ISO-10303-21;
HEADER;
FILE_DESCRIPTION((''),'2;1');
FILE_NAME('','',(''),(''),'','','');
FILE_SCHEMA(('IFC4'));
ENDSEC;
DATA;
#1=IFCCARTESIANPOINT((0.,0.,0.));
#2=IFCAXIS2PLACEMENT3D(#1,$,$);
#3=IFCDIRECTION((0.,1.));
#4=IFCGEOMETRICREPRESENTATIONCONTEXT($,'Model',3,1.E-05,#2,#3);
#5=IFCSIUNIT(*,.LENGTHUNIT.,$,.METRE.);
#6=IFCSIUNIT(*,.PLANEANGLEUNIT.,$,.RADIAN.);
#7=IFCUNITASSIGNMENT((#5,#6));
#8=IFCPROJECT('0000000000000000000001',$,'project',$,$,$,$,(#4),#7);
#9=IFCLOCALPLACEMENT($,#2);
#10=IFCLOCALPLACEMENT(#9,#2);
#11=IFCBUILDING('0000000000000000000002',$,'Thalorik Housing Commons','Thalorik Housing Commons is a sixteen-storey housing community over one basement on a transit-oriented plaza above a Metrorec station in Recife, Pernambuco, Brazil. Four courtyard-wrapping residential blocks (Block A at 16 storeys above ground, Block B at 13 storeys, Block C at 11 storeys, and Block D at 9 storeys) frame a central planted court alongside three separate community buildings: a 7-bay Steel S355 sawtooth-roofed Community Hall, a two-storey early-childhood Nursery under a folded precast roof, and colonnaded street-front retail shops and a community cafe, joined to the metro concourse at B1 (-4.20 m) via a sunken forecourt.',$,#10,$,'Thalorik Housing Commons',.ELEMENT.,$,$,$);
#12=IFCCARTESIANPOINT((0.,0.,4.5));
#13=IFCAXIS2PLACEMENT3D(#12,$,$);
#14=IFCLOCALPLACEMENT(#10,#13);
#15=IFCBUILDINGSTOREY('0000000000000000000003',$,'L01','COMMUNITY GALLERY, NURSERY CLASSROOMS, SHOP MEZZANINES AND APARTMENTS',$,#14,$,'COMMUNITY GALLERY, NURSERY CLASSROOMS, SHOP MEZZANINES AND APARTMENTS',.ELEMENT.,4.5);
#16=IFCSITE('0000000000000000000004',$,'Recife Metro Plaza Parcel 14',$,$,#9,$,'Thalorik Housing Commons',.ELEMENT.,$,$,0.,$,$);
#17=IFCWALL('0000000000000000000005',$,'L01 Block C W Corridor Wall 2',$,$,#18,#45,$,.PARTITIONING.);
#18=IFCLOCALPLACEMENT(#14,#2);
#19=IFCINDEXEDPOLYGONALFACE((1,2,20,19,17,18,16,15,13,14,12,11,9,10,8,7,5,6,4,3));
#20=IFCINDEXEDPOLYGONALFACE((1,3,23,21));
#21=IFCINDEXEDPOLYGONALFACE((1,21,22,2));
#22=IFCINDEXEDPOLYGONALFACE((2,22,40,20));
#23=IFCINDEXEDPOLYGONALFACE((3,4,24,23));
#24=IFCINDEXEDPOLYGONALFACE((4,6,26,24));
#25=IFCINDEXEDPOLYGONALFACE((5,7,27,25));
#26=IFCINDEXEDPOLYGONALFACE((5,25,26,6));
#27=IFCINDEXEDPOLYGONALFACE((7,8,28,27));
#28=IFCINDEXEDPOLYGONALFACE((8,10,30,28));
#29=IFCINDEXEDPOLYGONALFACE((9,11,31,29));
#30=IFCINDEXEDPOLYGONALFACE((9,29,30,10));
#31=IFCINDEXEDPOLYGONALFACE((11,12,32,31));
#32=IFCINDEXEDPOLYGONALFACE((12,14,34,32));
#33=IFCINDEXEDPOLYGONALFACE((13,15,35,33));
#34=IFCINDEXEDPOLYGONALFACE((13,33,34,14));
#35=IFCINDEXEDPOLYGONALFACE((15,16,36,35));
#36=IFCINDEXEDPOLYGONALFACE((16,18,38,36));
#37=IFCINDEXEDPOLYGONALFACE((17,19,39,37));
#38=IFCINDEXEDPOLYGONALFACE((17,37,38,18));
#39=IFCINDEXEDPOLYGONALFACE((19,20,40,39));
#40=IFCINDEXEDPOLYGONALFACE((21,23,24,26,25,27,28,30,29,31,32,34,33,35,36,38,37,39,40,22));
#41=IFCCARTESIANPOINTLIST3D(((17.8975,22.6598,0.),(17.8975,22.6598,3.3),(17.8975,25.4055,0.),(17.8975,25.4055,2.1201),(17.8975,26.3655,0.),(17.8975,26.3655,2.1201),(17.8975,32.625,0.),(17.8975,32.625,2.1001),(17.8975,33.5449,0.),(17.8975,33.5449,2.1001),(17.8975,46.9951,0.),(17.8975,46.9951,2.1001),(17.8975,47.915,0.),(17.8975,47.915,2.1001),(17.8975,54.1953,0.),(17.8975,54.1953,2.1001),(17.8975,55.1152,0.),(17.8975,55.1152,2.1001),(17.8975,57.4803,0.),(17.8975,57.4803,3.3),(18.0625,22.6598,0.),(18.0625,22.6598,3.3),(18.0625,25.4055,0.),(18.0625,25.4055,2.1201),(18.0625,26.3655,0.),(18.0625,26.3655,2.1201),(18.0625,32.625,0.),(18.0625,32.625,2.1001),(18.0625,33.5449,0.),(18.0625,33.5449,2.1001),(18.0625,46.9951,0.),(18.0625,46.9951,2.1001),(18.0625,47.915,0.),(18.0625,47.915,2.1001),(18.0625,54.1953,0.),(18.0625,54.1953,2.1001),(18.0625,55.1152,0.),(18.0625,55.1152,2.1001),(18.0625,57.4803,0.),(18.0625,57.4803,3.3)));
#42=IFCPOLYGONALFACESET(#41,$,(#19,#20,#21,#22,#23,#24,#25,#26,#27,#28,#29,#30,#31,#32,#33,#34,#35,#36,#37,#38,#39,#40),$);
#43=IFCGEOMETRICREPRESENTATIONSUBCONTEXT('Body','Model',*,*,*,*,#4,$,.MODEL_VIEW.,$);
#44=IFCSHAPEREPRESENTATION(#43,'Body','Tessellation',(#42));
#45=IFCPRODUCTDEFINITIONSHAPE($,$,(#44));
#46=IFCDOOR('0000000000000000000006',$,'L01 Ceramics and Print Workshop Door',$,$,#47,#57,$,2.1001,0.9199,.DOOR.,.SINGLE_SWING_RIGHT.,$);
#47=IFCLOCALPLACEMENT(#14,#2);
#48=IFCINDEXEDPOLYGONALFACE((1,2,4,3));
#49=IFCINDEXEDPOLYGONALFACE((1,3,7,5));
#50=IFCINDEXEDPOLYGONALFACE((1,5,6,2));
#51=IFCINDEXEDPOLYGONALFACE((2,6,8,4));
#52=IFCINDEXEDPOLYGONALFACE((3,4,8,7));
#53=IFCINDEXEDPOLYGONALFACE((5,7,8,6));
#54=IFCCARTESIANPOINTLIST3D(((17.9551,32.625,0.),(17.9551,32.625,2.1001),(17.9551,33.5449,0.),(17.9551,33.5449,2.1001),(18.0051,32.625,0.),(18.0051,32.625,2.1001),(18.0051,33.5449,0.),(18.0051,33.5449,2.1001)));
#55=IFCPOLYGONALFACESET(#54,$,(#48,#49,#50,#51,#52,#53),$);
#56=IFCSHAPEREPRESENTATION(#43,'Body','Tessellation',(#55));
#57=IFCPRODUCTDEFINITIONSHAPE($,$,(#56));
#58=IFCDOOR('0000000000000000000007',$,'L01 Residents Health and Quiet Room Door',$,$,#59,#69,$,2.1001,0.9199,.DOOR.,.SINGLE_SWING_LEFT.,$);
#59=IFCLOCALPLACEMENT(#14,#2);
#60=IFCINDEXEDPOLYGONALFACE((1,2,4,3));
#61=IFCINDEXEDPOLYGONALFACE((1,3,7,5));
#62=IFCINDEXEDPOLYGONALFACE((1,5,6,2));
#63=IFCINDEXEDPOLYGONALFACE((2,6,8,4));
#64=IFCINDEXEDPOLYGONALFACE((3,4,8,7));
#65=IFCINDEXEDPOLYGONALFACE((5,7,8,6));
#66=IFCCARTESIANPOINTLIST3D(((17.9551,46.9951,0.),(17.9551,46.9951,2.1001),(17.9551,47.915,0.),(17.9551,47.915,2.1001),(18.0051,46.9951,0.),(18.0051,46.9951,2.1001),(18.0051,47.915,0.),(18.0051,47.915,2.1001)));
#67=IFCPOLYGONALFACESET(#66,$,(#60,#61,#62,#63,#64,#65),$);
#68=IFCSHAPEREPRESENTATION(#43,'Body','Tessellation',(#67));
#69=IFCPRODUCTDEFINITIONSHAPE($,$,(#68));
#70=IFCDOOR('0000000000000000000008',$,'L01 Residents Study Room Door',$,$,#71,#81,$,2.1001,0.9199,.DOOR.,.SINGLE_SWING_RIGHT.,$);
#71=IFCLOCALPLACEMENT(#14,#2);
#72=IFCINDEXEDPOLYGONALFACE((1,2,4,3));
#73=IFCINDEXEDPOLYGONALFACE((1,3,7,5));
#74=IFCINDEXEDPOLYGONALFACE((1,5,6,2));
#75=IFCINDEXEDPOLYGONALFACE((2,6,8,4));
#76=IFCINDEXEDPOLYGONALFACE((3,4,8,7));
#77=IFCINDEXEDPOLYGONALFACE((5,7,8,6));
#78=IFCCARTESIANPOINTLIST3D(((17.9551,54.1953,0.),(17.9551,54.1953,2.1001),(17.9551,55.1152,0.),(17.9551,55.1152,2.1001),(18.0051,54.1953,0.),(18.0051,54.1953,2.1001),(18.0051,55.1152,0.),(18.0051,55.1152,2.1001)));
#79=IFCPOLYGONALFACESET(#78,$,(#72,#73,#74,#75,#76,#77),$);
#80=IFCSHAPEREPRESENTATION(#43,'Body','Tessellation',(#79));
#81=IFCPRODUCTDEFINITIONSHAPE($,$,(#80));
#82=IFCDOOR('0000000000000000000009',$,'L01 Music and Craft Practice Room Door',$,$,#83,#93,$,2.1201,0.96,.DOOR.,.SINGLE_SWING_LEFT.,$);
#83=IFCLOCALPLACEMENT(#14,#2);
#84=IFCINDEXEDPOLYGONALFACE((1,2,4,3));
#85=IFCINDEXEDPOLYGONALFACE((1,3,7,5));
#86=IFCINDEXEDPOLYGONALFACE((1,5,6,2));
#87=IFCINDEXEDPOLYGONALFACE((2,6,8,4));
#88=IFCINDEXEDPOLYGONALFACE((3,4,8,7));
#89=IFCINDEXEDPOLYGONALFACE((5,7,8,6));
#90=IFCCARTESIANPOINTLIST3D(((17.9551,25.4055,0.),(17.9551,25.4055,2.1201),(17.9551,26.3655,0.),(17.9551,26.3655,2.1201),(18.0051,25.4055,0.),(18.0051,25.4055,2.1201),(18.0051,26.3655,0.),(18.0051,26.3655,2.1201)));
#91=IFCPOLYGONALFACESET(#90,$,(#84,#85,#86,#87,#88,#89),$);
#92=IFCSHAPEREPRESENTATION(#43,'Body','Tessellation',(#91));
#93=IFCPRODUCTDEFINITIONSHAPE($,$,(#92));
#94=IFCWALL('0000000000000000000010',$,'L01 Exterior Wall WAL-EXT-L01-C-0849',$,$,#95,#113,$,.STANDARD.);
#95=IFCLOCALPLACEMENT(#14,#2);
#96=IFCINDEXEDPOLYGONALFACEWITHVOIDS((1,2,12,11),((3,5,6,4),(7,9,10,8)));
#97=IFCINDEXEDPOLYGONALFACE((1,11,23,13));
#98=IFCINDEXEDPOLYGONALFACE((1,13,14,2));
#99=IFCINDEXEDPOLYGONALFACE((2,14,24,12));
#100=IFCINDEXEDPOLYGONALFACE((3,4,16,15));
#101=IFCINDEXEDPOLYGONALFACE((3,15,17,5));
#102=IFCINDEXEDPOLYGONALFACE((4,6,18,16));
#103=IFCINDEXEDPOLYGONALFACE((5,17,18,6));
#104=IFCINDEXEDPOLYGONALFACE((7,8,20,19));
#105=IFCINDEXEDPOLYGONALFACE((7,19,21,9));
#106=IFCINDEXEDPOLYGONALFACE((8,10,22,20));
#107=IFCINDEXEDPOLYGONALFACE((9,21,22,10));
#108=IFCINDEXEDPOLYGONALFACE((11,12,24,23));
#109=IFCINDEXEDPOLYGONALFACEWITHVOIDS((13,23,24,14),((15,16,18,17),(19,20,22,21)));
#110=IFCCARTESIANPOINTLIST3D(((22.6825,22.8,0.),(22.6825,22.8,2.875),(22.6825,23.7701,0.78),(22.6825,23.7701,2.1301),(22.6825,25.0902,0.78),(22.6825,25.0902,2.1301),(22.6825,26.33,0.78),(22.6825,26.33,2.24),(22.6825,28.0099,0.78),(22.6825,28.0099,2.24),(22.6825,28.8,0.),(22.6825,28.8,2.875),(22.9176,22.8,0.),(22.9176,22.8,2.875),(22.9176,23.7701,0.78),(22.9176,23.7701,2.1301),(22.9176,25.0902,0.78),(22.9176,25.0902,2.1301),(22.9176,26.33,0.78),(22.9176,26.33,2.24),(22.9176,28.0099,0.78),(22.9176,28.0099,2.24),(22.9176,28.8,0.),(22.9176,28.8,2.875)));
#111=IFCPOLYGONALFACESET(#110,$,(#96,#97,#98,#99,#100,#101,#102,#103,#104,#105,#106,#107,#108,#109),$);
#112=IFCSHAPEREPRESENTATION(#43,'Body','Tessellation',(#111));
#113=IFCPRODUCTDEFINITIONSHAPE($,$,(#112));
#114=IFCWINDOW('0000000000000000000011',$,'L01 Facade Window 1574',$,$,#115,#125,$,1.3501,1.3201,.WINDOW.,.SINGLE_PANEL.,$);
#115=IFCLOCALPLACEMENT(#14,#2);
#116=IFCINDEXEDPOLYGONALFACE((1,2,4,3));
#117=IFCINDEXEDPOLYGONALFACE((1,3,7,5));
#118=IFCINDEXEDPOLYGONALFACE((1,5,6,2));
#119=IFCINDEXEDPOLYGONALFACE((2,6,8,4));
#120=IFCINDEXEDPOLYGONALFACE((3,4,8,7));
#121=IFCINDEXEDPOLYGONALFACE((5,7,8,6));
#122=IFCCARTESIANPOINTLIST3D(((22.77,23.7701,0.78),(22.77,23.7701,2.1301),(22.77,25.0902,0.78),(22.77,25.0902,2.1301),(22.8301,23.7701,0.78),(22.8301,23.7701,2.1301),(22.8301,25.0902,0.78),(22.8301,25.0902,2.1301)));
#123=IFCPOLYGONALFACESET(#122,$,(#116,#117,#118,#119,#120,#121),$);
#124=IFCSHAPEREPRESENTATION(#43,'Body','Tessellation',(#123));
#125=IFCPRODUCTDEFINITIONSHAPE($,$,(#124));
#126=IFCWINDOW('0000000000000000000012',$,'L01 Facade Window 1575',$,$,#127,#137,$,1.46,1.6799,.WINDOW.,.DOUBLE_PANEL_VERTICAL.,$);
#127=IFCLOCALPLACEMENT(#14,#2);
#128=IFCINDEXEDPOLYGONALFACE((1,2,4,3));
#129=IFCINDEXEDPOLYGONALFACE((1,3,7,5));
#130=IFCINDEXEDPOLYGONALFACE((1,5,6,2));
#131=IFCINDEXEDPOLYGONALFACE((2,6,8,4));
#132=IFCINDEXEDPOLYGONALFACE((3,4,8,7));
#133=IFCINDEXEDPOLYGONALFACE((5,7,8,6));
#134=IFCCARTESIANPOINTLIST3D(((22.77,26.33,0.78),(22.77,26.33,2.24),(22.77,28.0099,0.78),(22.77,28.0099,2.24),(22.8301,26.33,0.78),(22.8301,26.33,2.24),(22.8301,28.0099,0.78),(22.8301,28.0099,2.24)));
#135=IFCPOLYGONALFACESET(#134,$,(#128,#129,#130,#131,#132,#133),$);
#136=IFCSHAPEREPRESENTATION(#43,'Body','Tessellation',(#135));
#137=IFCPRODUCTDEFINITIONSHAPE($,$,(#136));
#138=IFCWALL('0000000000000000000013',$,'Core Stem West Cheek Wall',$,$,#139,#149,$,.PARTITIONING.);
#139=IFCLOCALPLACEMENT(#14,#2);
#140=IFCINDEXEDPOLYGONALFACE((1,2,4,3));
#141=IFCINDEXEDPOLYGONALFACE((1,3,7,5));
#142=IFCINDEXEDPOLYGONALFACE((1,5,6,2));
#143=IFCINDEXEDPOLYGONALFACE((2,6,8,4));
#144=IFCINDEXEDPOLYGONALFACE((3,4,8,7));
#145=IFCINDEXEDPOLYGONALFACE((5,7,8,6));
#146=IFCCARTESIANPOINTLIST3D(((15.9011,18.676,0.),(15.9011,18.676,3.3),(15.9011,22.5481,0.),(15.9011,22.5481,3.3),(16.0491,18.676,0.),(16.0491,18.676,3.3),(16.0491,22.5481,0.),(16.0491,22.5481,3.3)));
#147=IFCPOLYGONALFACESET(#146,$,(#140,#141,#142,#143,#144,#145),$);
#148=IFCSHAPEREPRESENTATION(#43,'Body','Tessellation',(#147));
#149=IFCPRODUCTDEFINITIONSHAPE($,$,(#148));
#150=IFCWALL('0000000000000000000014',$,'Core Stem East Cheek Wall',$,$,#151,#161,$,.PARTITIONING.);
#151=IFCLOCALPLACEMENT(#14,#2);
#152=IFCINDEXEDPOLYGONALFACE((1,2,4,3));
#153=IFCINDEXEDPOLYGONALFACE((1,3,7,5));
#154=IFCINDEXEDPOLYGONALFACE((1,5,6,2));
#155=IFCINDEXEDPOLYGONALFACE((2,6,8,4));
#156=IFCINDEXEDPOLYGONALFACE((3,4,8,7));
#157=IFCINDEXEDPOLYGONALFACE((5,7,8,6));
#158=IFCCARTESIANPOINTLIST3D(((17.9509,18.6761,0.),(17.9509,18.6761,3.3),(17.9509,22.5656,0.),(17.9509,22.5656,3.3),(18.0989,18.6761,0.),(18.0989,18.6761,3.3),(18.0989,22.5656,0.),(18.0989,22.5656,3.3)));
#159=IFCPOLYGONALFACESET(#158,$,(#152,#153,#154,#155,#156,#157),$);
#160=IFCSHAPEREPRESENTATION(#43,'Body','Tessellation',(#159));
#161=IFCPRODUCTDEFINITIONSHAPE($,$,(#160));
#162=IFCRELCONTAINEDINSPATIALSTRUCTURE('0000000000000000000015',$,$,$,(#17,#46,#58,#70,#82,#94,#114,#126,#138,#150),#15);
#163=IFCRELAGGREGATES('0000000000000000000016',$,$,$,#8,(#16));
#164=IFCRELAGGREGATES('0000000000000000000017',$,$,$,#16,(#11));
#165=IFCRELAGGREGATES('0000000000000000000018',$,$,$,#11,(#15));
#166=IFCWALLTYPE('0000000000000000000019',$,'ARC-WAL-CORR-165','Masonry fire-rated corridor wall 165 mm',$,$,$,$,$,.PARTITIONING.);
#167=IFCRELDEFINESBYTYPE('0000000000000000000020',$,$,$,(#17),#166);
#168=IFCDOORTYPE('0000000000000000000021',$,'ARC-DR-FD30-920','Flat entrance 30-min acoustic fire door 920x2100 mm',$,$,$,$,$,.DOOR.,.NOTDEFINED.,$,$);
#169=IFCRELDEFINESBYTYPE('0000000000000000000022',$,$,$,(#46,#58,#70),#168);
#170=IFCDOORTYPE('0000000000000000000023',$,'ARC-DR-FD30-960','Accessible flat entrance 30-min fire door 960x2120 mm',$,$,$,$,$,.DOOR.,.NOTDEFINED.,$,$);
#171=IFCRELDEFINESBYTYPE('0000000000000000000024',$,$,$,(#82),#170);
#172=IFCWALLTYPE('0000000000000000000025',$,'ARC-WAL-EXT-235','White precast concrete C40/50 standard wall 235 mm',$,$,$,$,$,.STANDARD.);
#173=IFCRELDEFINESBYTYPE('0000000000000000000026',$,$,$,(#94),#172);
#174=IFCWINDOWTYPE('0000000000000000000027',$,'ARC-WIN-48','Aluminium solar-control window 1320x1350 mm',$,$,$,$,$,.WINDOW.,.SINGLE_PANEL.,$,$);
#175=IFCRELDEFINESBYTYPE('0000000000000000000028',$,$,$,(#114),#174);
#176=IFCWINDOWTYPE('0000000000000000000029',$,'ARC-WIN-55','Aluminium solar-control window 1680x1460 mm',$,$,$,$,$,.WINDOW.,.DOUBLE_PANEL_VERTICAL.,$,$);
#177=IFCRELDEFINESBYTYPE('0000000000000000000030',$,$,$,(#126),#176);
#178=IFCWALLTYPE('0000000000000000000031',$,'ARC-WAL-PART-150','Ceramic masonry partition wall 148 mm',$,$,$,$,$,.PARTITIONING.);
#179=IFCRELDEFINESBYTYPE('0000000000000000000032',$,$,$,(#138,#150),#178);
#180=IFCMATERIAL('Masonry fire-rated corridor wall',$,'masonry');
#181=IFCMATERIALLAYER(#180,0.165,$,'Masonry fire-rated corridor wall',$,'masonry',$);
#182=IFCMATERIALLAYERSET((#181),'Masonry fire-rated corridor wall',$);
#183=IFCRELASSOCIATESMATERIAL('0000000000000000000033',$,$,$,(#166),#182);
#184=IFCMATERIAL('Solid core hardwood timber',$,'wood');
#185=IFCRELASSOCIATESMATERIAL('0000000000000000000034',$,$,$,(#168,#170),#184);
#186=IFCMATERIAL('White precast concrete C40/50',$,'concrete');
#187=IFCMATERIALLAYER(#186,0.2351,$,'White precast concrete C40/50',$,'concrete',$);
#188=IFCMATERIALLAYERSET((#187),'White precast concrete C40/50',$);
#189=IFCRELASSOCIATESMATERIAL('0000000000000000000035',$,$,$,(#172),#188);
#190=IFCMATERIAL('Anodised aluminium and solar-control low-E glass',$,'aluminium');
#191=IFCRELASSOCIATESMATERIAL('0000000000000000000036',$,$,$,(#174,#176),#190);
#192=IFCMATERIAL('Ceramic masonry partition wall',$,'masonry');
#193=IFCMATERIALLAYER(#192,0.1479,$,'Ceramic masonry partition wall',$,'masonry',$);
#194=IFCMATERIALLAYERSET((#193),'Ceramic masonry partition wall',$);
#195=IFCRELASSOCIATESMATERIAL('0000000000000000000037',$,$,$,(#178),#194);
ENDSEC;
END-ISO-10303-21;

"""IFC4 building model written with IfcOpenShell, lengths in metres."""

from ifc_helpers import new_model, si_unit, direction, frame, frame_2d, origin, place, context, subcontext, project, spatial, rectangle, extrude, material, layer, layer_set, type_object, element, fill, save


model = new_model("IFC4")

# Units and contexts
model_context = context("Model", 3, precision=1e-05, world=origin(), true_north=direction((0.0, 1.0)))
body_context = subcontext(model_context, "Body", "Model", "MODEL_VIEW")
ifc_project = project(units=[si_unit("LENGTHUNIT", "METRE"), si_unit("PLANEANGLEUNIT", "RADIAN")], contexts=[model_context])

# Site, building, storey
site_placement = place(None, origin())
site = spatial("IfcSite", under=ifc_project, at=site_placement, Name="Recife Metro Plaza Parcel 14", LongName="Thalorik Housing Commons", CompositionType="ELEMENT", RefElevation=0.0)
building_placement = place(site_placement, origin())
building = spatial("IfcBuilding", under=site, at=building_placement, Name="Thalorik Housing Commons", Description="Thalorik Housing Commons is a sixteen-storey housing community over one basement on a transit-oriented plaza above a Metrorec station in Recife, Pernambuco, Brazil. Four courtyard-wrapping residential blocks (Block A at 16 storeys above ground, Block B at 13 storeys, Block C at 11 storeys, and Block D at 9 storeys) frame a central planted court alongside three separate community buildings: a 7-bay Steel S355 sawtooth-roofed Community Hall, a two-storey early-childhood Nursery under a folded precast roof, and colonnaded street-front retail shops and a community cafe, joined to the metro concourse at B1 (-4.20 m) via a sunken forecourt.", LongName="Thalorik Housing Commons", CompositionType="ELEMENT")
storey_placement = place(building_placement, frame((0.0, 0.0, 4.5)))
storey = spatial("IfcBuildingStorey", under=building, at=storey_placement, Name="L01", Description="COMMUNITY GALLERY, NURSERY CLASSROOMS, SHOP MEZZANINES AND APARTMENTS", LongName="COMMUNITY GALLERY, NURSERY CLASSROOMS, SHOP MEZZANINES AND APARTMENTS", CompositionType="ELEMENT", Elevation=4.5)

# Wall, openings, doors
ifc_material_1 = material(Name="Masonry fire-rated corridor wall", Category="masonry")
ifc_layer_1 = layer(ifc_material_1, 0.165, Name="Masonry fire-rated corridor wall", Category="masonry")
ifc_layer_set_1 = layer_set([ifc_layer_1], Name="Masonry fire-rated corridor wall")
wall_type_1 = type_object("IfcWallType", Name="ARC-WAL-CORR-165", Description="Masonry fire-rated corridor wall 165 mm", PredefinedType="PARTITIONING", material=ifc_layer_set_1)
wall_1_placement = place(storey_placement, frame((17.98, 22.6599, 0.0), z_axis=(0.0, 0.0, 1.0), x_axis=(0.0, 1.0, 0.0)))
wall_1 = element("IfcWall", 1, at=wall_1_placement, inside=storey, type_object=wall_type_1, Name="L01 Block C W Corridor Wall 2", PredefinedType="PARTITIONING", context=body_context, shape_type="SweptSolid", body=[
    extrude(rectangle(XDim=34.8206, YDim=0.165, at=frame_2d((17.4102, 0.0))), origin(), (0.0, 0.0, 1.0), 3.3),
])
opening_1_placement = place(wall_1_placement, frame((2.7456, 0.0, 0.0)))
opening_1 = element("IfcOpeningElement", 2, at=opening_1_placement, cuts=wall_1, PredefinedType="OPENING", context=body_context, shape_type="SweptSolid", body=[
    extrude(rectangle(XDim=0.96, YDim=2.1201, at=frame_2d((0.48, 1.0601))), frame((0.0, 0.0925, 0.0), z_axis=(0.0, -1.0, 0.0), x_axis=(1.0, 0.0, 0.0)), (0.0, 0.0, 1.0), 0.1851),
])
opening_2_placement = place(wall_1_placement, frame((9.9651, 0.0, 0.0)))
opening_2 = element("IfcOpeningElement", 3, at=opening_2_placement, cuts=wall_1, PredefinedType="OPENING", context=body_context, shape_type="SweptSolid", body=[
    extrude(rectangle(XDim=0.9199, YDim=2.1001, at=frame_2d((0.46, 1.05))), frame((0.0, 0.0925, 0.0), z_axis=(0.0, -1.0, 0.0), x_axis=(1.0, 0.0, 0.0)), (0.0, 0.0, 1.0), 0.1851),
])
opening_3_placement = place(wall_1_placement, frame((24.3352, 0.0, 0.0)))
opening_3 = element("IfcOpeningElement", 4, at=opening_3_placement, cuts=wall_1, PredefinedType="OPENING", context=body_context, shape_type="SweptSolid", body=[
    extrude(rectangle(XDim=0.9199, YDim=2.1001, at=frame_2d((0.46, 1.05))), frame((0.0, 0.0925, 0.0), z_axis=(0.0, -1.0, 0.0), x_axis=(1.0, 0.0, 0.0)), (0.0, 0.0, 1.0), 0.1851),
])
opening_4_placement = place(wall_1_placement, frame((31.5354, 0.0, 0.0)))
opening_4 = element("IfcOpeningElement", 5, at=opening_4_placement, cuts=wall_1, PredefinedType="OPENING", context=body_context, shape_type="SweptSolid", body=[
    extrude(rectangle(XDim=0.9199, YDim=2.1001, at=frame_2d((0.46, 1.05))), frame((0.0, 0.0925, 0.0), z_axis=(0.0, -1.0, 0.0), x_axis=(1.0, 0.0, 0.0)), (0.0, 0.0, 1.0), 0.1851),
])
ifc_material_2 = material(Name="Solid core hardwood timber", Category="wood")
door_type_1 = type_object("IfcDoorType", Name="ARC-DR-FD30-920", Description="Flat entrance 30-min acoustic fire door 920x2100 mm", OperationType="NOTDEFINED", PredefinedType="DOOR", material=ifc_material_2)
door_1_placement = place(opening_2_placement, origin())
door_1 = element("IfcDoor", 6, at=door_1_placement, inside=storey, type_object=door_type_1, Name="L01 Ceramics and Print Workshop Door", OperationType="SINGLE_SWING_RIGHT", OverallHeight=2.1001, OverallWidth=0.9199, PredefinedType="DOOR", context=body_context, shape_type="SweptSolid", body=[
    extrude(rectangle(XDim=0.9199, YDim=2.1001, at=frame_2d((0.46, 1.05))), frame((0.0, 0.0249, 0.0), z_axis=(0.0, -1.0, 0.0), x_axis=(1.0, 0.0, 0.0)), (0.0, 0.0, 1.0), 0.05),
])
fill(opening_2, door_1)
door_2_placement = place(opening_3_placement, origin())
door_2 = element("IfcDoor", 7, at=door_2_placement, inside=storey, type_object=door_type_1, Name="L01 Residents Health and Quiet Room Door", OperationType="SINGLE_SWING_LEFT", OverallHeight=2.1001, OverallWidth=0.9199, PredefinedType="DOOR", context=body_context, shape_type="SweptSolid", body=[
    extrude(rectangle(XDim=0.9199, YDim=2.1001, at=frame_2d((0.46, 1.05))), frame((0.0, 0.0249, 0.0), z_axis=(0.0, -1.0, 0.0), x_axis=(1.0, 0.0, 0.0)), (0.0, 0.0, 1.0), 0.05),
])
fill(opening_3, door_2)
door_3_placement = place(opening_4_placement, origin())
door_3 = element("IfcDoor", 8, at=door_3_placement, inside=storey, type_object=door_type_1, Name="L01 Residents Study Room Door", OperationType="SINGLE_SWING_RIGHT", OverallHeight=2.1001, OverallWidth=0.9199, PredefinedType="DOOR", context=body_context, shape_type="SweptSolid", body=[
    extrude(rectangle(XDim=0.9199, YDim=2.1001, at=frame_2d((0.46, 1.05))), frame((0.0, 0.0249, 0.0), z_axis=(0.0, -1.0, 0.0), x_axis=(1.0, 0.0, 0.0)), (0.0, 0.0, 1.0), 0.05),
])
fill(opening_4, door_3)
door_type_2 = type_object("IfcDoorType", Name="ARC-DR-FD30-960", Description="Accessible flat entrance 30-min fire door 960x2120 mm", OperationType="NOTDEFINED", PredefinedType="DOOR", material=ifc_material_2)
door_4_placement = place(opening_1_placement, origin())
door_4 = element("IfcDoor", 9, at=door_4_placement, inside=storey, type_object=door_type_2, Name="L01 Music and Craft Practice Room Door", OperationType="SINGLE_SWING_LEFT", OverallHeight=2.1201, OverallWidth=0.96, PredefinedType="DOOR", context=body_context, shape_type="SweptSolid", body=[
    extrude(rectangle(XDim=0.96, YDim=2.1201, at=frame_2d((0.48, 1.0601))), frame((0.0, 0.0249, 0.0), z_axis=(0.0, -1.0, 0.0), x_axis=(1.0, 0.0, 0.0)), (0.0, 0.0, 1.0), 0.05),
])
fill(opening_1, door_4)

# Wall, openings, windows
ifc_material_3 = material(Name="White precast concrete C40/50", Category="concrete")
ifc_layer_2 = layer(ifc_material_3, 0.2351, Name="White precast concrete C40/50", Category="concrete")
ifc_layer_set_2 = layer_set([ifc_layer_2], Name="White precast concrete C40/50")
wall_type_2 = type_object("IfcWallType", Name="ARC-WAL-EXT-235", Description="White precast concrete C40/50 standard wall 235 mm", PredefinedType="STANDARD", material=ifc_layer_set_2)
wall_2_placement = place(storey_placement, frame((22.8, 22.8, 0.0), z_axis=(0.0, 0.0, 1.0), x_axis=(0.0, 1.0, 0.0)))
wall_2 = element("IfcWall", 10, at=wall_2_placement, inside=storey, type_object=wall_type_2, Name="L01 Exterior Wall WAL-EXT-L01-C-0849", PredefinedType="STANDARD", context=body_context, shape_type="SweptSolid", body=[
    extrude(rectangle(XDim=6.0, YDim=0.2351, at=frame_2d((3.0, 0.0))), origin(), (0.0, 0.0, 1.0), 2.875),
])
opening_5_placement = place(wall_2_placement, frame((0.97, 0.0, 0.78)))
opening_5 = element("IfcOpeningElement", 11, at=opening_5_placement, cuts=wall_2, PredefinedType="OPENING", context=body_context, shape_type="SweptSolid", body=[
    extrude(rectangle(XDim=1.3201, YDim=1.3501, at=frame_2d((0.6602, 0.675))), frame((0.0, 0.1274, 0.0), z_axis=(0.0, -1.0, 0.0), x_axis=(1.0, 0.0, 0.0)), (0.0, 0.0, 1.0), 0.2551),
])
opening_6_placement = place(wall_2_placement, frame((3.53, 0.0, 0.78)))
opening_6 = element("IfcOpeningElement", 12, at=opening_6_placement, cuts=wall_2, PredefinedType="OPENING", context=body_context, shape_type="SweptSolid", body=[
    extrude(rectangle(XDim=1.6799, YDim=1.46, at=frame_2d((0.8398, 0.73))), frame((0.0, 0.1274, 0.0), z_axis=(0.0, -1.0, 0.0), x_axis=(1.0, 0.0, 0.0)), (0.0, 0.0, 1.0), 0.2551),
])
ifc_material_4 = material(Name="Anodised aluminium and solar-control low-E glass", Category="aluminium")
window_type_1 = type_object("IfcWindowType", Name="ARC-WIN-48", Description="Aluminium solar-control window 1320x1350 mm", PartitioningType="SINGLE_PANEL", PredefinedType="WINDOW", material=ifc_material_4)
window_1_placement = place(opening_5_placement, origin())
window_1 = element("IfcWindow", 13, at=window_1_placement, inside=storey, type_object=window_type_1, Name="L01 Facade Window 1574", OverallHeight=1.3501, OverallWidth=1.3201, PartitioningType="SINGLE_PANEL", PredefinedType="WINDOW", context=body_context, shape_type="SweptSolid", body=[
    extrude(rectangle(XDim=1.3201, YDim=1.3501, at=frame_2d((0.6602, 0.675))), frame((0.0, 0.03, 0.0), z_axis=(0.0, -1.0, 0.0), x_axis=(1.0, 0.0, 0.0)), (0.0, 0.0, 1.0), 0.0601),
])
fill(opening_5, window_1)
window_type_2 = type_object("IfcWindowType", Name="ARC-WIN-55", Description="Aluminium solar-control window 1680x1460 mm", PartitioningType="DOUBLE_PANEL_VERTICAL", PredefinedType="WINDOW", material=ifc_material_4)
window_2_placement = place(opening_6_placement, origin())
window_2 = element("IfcWindow", 14, at=window_2_placement, inside=storey, type_object=window_type_2, Name="L01 Facade Window 1575", OverallHeight=1.46, OverallWidth=1.6799, PartitioningType="DOUBLE_PANEL_VERTICAL", PredefinedType="WINDOW", context=body_context, shape_type="SweptSolid", body=[
    extrude(rectangle(XDim=1.6799, YDim=1.46, at=frame_2d((0.8398, 0.73))), frame((0.0, 0.03, 0.0), z_axis=(0.0, -1.0, 0.0), x_axis=(1.0, 0.0, 0.0)), (0.0, 0.0, 1.0), 0.0601),
])
fill(opening_6, window_2)

# Walls
ifc_material_5 = material(Name="Ceramic masonry partition wall", Category="masonry")
ifc_layer_3 = layer(ifc_material_5, 0.1479, Name="Ceramic masonry partition wall", Category="masonry")
ifc_layer_set_3 = layer_set([ifc_layer_3], Name="Ceramic masonry partition wall")
wall_type_3 = type_object("IfcWallType", Name="ARC-WAL-PART-150", Description="Ceramic masonry partition wall 148 mm", PredefinedType="PARTITIONING", material=ifc_layer_set_3)
wall_3_placement = place(storey_placement, frame((15.9751, 18.676, 0.0), z_axis=(0.0, 0.0, 1.0), x_axis=(0.0, 1.0, 0.0)))
element("IfcWall", 15, at=wall_3_placement, inside=storey, type_object=wall_type_3, Name="Core Stem West Cheek Wall", PredefinedType="PARTITIONING", context=body_context, shape_type="SweptSolid", body=[
    extrude(rectangle(XDim=3.8721, YDim=0.1479, at=frame_2d((1.936, 0.0))), origin(), (0.0, 0.0, 1.0), 3.3),
])
wall_4_placement = place(storey_placement, frame((18.0249, 18.676, 0.0), z_axis=(0.0, 0.0, 1.0), x_axis=(0.0, 1.0, 0.0)))
element("IfcWall", 16, at=wall_4_placement, inside=storey, type_object=wall_type_3, Name="Core Stem East Cheek Wall", PredefinedType="PARTITIONING", context=body_context, shape_type="SweptSolid", body=[
    extrude(rectangle(XDim=3.8894, YDim=0.1479, at=frame_2d((1.9448, 0.0))), origin(), (0.0, 0.0, 1.0), 3.3),
])

save(model, "model.ifc")
